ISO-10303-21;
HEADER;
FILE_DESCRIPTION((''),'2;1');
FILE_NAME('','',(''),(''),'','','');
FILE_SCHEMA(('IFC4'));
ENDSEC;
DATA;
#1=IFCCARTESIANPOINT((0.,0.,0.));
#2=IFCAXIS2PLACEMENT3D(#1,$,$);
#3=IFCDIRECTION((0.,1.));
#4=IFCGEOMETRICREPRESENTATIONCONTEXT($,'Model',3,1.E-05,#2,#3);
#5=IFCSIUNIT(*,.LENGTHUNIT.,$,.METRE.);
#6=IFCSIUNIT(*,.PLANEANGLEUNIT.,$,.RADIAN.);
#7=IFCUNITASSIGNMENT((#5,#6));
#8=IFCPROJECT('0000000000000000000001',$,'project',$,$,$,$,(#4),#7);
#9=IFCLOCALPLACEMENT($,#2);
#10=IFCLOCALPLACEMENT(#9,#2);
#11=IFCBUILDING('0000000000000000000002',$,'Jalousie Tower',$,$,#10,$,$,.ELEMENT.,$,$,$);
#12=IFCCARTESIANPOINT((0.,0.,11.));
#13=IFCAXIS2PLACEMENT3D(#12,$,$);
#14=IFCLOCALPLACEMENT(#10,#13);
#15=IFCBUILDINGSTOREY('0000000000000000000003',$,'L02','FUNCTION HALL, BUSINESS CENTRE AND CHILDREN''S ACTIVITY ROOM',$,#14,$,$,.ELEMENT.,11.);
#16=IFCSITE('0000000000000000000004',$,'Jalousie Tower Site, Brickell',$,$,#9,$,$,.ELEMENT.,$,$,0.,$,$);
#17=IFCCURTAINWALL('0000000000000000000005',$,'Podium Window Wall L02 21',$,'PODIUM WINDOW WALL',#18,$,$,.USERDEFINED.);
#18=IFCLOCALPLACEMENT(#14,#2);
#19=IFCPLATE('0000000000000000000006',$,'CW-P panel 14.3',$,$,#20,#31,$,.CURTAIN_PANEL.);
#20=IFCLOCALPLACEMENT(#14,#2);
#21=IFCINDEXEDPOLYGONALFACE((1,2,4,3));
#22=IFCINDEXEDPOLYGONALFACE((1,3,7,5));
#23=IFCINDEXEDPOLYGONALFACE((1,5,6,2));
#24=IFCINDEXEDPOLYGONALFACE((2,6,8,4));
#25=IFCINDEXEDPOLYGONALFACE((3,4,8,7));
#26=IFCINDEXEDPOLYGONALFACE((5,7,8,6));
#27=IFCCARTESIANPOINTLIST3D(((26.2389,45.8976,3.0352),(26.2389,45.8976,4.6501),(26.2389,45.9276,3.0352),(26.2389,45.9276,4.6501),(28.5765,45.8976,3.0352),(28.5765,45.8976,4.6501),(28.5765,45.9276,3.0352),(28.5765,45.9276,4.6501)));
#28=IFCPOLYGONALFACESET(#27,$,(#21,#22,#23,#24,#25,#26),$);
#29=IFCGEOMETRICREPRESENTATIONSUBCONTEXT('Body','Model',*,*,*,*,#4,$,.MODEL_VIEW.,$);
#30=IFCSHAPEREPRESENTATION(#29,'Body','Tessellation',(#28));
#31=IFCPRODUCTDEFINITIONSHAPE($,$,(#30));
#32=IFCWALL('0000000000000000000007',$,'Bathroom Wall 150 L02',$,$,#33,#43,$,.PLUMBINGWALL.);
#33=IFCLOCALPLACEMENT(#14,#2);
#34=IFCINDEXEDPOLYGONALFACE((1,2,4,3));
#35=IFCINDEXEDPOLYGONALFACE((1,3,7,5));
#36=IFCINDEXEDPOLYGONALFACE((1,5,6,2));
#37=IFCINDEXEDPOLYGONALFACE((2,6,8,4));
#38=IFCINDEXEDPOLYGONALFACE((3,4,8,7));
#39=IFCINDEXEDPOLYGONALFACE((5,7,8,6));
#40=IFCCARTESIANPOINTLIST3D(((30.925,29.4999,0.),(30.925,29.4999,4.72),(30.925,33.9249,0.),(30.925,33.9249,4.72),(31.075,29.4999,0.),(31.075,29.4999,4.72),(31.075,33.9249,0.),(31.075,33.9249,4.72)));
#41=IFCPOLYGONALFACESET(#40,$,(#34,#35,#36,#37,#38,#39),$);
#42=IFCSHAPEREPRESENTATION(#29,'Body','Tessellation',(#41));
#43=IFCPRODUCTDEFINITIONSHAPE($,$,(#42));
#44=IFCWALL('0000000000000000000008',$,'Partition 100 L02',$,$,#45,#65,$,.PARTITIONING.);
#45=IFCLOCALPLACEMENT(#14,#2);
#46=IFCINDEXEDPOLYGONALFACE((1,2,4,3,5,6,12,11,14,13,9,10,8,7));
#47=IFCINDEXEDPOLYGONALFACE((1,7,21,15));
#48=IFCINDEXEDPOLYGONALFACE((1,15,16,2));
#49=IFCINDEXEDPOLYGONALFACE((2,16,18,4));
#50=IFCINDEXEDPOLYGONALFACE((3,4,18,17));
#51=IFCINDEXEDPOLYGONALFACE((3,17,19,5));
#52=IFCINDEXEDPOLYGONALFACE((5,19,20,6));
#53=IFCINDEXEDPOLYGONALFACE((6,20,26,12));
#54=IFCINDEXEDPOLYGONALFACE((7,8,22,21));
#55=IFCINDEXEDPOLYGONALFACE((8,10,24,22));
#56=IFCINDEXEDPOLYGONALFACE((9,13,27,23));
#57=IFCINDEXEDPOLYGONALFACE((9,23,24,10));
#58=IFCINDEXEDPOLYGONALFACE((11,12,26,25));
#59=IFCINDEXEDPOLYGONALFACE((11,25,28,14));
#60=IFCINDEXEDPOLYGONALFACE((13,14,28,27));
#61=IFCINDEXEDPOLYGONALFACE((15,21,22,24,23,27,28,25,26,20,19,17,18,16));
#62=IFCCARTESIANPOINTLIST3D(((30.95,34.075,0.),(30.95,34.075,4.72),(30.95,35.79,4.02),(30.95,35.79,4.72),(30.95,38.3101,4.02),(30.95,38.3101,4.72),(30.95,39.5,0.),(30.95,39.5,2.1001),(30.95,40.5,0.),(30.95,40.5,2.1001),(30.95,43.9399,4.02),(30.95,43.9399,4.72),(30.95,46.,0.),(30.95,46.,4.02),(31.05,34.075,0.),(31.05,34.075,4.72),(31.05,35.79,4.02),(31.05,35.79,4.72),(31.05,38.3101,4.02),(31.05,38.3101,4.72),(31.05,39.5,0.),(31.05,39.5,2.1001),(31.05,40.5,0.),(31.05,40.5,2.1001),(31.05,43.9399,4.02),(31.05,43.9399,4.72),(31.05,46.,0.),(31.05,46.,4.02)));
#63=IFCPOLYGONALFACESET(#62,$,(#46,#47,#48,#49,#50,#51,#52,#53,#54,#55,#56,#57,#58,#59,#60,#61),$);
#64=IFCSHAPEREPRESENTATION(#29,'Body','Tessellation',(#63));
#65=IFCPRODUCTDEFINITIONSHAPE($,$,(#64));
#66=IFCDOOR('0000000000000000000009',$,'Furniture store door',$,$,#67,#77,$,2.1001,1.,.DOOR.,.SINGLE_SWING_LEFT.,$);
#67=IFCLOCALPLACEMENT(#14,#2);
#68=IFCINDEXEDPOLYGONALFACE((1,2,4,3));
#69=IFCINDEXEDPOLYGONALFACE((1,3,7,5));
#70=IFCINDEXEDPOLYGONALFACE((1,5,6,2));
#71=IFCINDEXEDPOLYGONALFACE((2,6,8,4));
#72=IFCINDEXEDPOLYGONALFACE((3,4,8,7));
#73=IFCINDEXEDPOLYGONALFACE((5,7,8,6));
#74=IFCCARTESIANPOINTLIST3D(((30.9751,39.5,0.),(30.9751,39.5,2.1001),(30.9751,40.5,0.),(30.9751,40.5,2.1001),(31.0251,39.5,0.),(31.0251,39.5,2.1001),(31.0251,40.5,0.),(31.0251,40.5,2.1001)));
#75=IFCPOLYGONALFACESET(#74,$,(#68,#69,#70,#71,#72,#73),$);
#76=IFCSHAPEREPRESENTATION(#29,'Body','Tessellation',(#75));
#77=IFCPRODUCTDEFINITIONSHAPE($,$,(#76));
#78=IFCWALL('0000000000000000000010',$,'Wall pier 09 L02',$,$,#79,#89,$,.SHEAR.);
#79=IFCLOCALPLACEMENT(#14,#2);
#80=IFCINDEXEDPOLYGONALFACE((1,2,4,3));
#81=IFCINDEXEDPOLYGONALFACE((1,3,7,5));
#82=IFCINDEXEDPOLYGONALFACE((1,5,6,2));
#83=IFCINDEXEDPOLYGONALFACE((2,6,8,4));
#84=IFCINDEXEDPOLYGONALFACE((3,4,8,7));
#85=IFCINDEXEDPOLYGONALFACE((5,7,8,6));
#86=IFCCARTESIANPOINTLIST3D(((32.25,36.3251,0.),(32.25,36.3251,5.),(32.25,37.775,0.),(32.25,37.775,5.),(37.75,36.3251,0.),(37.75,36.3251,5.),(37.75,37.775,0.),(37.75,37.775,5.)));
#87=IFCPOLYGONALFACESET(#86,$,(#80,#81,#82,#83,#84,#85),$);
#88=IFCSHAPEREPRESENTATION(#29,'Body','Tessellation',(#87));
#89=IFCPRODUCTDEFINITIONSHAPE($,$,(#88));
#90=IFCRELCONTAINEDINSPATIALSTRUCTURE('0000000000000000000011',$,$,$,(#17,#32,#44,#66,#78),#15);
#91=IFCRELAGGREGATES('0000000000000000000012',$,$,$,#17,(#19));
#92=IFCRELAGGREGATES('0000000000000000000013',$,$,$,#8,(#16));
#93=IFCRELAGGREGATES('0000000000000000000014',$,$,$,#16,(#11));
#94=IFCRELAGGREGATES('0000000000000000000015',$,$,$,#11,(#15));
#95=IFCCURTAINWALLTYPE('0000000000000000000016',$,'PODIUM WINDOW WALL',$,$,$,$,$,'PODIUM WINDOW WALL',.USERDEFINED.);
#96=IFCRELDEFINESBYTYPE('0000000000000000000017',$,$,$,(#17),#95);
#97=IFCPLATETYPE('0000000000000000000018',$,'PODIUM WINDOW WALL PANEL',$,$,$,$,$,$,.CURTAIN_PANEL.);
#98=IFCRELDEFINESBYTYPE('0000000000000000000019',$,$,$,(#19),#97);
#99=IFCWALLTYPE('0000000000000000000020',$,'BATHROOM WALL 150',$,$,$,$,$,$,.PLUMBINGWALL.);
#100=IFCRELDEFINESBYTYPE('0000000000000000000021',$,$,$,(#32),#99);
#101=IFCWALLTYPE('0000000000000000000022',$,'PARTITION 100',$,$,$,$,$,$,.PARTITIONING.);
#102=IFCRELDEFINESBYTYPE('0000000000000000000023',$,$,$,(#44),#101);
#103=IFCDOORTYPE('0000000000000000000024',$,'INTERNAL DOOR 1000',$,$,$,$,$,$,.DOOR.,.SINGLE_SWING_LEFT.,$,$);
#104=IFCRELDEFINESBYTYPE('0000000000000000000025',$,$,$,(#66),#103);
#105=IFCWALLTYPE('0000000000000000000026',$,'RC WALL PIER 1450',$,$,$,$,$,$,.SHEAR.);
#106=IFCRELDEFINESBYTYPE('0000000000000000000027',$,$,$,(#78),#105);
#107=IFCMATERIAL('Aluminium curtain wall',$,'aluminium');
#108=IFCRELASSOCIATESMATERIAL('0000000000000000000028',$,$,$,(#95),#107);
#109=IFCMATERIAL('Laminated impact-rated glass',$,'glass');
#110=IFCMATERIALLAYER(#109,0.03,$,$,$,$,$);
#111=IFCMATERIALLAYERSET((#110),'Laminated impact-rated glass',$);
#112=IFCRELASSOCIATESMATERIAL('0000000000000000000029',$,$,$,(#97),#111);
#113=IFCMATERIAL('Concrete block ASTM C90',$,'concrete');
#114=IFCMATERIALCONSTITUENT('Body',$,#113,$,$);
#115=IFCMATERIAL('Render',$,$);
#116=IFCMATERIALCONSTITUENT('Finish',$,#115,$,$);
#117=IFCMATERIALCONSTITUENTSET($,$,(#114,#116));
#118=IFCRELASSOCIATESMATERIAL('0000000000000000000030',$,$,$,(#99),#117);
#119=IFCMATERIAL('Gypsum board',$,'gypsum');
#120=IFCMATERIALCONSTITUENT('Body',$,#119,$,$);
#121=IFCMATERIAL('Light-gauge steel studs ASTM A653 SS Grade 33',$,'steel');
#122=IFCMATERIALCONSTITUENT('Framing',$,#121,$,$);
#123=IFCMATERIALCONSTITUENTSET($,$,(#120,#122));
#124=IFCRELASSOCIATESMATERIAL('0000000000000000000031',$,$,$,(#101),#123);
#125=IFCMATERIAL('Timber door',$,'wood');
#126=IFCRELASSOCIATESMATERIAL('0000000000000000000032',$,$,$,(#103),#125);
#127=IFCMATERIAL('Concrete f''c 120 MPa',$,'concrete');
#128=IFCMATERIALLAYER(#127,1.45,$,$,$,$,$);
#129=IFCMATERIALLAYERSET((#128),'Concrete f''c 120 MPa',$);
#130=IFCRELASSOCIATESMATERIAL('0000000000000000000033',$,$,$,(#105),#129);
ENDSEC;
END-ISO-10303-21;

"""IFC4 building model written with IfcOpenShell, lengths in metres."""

from ifc_helpers import new_model, si_unit, direction, frame, frame_2d, origin, origin_2d, place, context, subcontext, project, spatial, polyline, rectangle, outline, extrude, material, layer, layer_set, constituent, constituent_set, type_object, element, fill, aggregate, save


model = new_model("IFC4")

# Units and contexts
model_context = context("Model", 3, precision=1e-05, world=origin(), true_north=direction((0.0, 1.0)))
body_context = subcontext(model_context, "Body", "Model", "MODEL_VIEW")
ifc_project = project(units=[si_unit("LENGTHUNIT", "METRE"), si_unit("PLANEANGLEUNIT", "RADIAN")], contexts=[model_context])

# Site, building, storey
site_placement = place(None, origin())
site = spatial("IfcSite", under=ifc_project, at=site_placement, Name="Jalousie Tower Site, Brickell", CompositionType="ELEMENT", RefElevation=0.0)
building_placement = place(site_placement, origin())
building = spatial("IfcBuilding", under=site, at=building_placement, Name="Jalousie Tower", CompositionType="ELEMENT")
storey_placement = place(building_placement, frame((0.0, 0.0, 11.0)))
storey = spatial("IfcBuildingStorey", under=building, at=storey_placement, Name="L02", Description="FUNCTION HALL, BUSINESS CENTRE AND CHILDREN'S ACTIVITY ROOM", CompositionType="ELEMENT", Elevation=11.0)

# Curtain wall
ifc_material_1 = material(Name="Aluminium curtain wall", Category="aluminium")
curtain_wall_type = type_object("IfcCurtainWallType", Name="PODIUM WINDOW WALL", ElementType="PODIUM WINDOW WALL", PredefinedType="USERDEFINED", material=ifc_material_1)
curtain_wall_placement = place(storey_placement, origin())
curtain_wall = element("IfcCurtainWall", 1, at=curtain_wall_placement, inside=storey, type_object=curtain_wall_type, Name="Podium Window Wall L02 21", ObjectType="PODIUM WINDOW WALL", PredefinedType="USERDEFINED")

# Plate
ifc_material_2 = material(Name="Laminated impact-rated glass", Category="glass")
ifc_layer_1 = layer(ifc_material_2, 0.03)
ifc_layer_set_1 = layer_set([ifc_layer_1], Name="Laminated impact-rated glass")
plate_type = type_object("IfcPlateType", Name="PODIUM WINDOW WALL PANEL", PredefinedType="CURTAIN_PANEL", material=ifc_layer_set_1)
plate_1_placement = place(storey_placement, frame((27.4077, 45.9126, 3.0352), z_axis=(0.0, 0.0, 1.0), x_axis=(-1.0, 0.0, 0.0)))
plate_1 = element("IfcPlate", 2, at=plate_1_placement, type_object=plate_type, Name="CW-P panel 14.3", PredefinedType="CURTAIN_PANEL", context=body_context, shape_type="SweptSolid", body=[
    extrude(rectangle(XDim=2.3376, YDim=0.03, at=origin_2d()), origin(), (0.0, 0.0, 1.0), 1.615),
])
aggregate(curtain_wall, [plate_1])

# Wall
ifc_material_3 = material(Name="Concrete block ASTM C90", Category="concrete")
ifc_constituent_1 = constituent(ifc_material_3, Name="Body")
ifc_material_4 = material(Name="Render")
ifc_constituent_2 = constituent(ifc_material_4, Name="Finish")
ifc_constituent_set_1 = constituent_set(constituents=[ifc_constituent_1, ifc_constituent_2])
wall_type_1 = type_object("IfcWallType", Name="BATHROOM WALL 150", PredefinedType="PLUMBINGWALL", material=ifc_constituent_set_1)
wall_1_placement = place(storey_placement, frame((31.0, 29.5, 0.0), z_axis=(0.0, 0.0, 1.0), x_axis=(0.0, 1.0, 0.0)))
element("IfcWall", 3, at=wall_1_placement, inside=storey, type_object=wall_type_1, Name="Bathroom Wall 150 L02", PredefinedType="PLUMBINGWALL", context=body_context, shape_type="SweptSolid", body=[
    extrude(rectangle(XDim=4.425, YDim=0.1499, at=frame_2d((2.2124, 0.0))), origin(), (0.0, 0.0, 1.0), 4.72),
])

# Wall, opening, door
ifc_material_5 = material(Name="Gypsum board", Category="gypsum")
ifc_constituent_3 = constituent(ifc_material_5, Name="Body")
ifc_material_6 = material(Name="Light-gauge steel studs ASTM A653 SS Grade 33", Category="steel")
ifc_constituent_4 = constituent(ifc_material_6, Name="Framing")
ifc_constituent_set_2 = constituent_set(constituents=[ifc_constituent_3, ifc_constituent_4])
wall_type_2 = type_object("IfcWallType", Name="PARTITION 100", PredefinedType="PARTITIONING", material=ifc_constituent_set_2)
wall_2_placement = place(storey_placement, frame((31.0, 34.075, 0.0), z_axis=(0.0, 0.0, 1.0), x_axis=(0.0, 1.0, 0.0)))
wall_2 = element("IfcWall", 4, at=wall_2_placement, inside=storey, type_object=wall_type_2, Name="Partition 100 L02", PredefinedType="PARTITIONING", context=body_context, shape_type="SweptSolid", body=[
    extrude(outline(polyline([(0.0, 0.0), (11.925, 0.0), (11.925, 4.72), (11.925, 4.02), (9.865, 4.02), (9.865, 4.72), (4.2351, 4.72), (4.2351, 4.02), (1.7151, 4.02), (1.7151, 4.72), (0.0, 4.72), (0.0, 0.0)])), frame((0.0, 0.05, 0.0), z_axis=(0.0, -1.0, 0.0), x_axis=(1.0, 0.0, 0.0)), (0.0, 0.0, 1.0), 0.1001),
])
opening_placement = place(wall_2_placement, frame((5.425, 0.0, 0.0)))
opening = element("IfcOpeningElement", 5, at=opening_placement, cuts=wall_2, PredefinedType="OPENING", context=body_context, shape_type="SweptSolid", body=[
    extrude(rectangle(XDim=1.0, YDim=2.1001, at=frame_2d((0.5, 1.05))), frame((0.0, 0.0601, 0.0), z_axis=(0.0, -1.0, 0.0), x_axis=(1.0, 0.0, 0.0)), (0.0, 0.0, 1.0), 0.1201),
])
ifc_material_7 = material(Name="Timber door", Category="wood")
door_type = type_object("IfcDoorType", Name="INTERNAL DOOR 1000", OperationType="SINGLE_SWING_LEFT", PredefinedType="DOOR", material=ifc_material_7)
door_placement = place(opening_placement, origin())
door = element("IfcDoor", 6, at=door_placement, inside=storey, type_object=door_type, Name="Furniture store door", OperationType="SINGLE_SWING_LEFT", OverallHeight=2.1001, OverallWidth=1.0, PredefinedType="DOOR", context=body_context, shape_type="SweptSolid", body=[
    extrude(rectangle(XDim=1.0, YDim=2.1001, at=frame_2d((0.5, 1.05))), frame((0.0, 0.0249, 0.0), z_axis=(0.0, -1.0, 0.0), x_axis=(1.0, 0.0, 0.0)), (0.0, 0.0, 1.0), 0.05),
])
fill(opening, door)

# Wall
ifc_material_8 = material(Name="Concrete f'c 120 MPa", Category="concrete")
ifc_layer_2 = layer(ifc_material_8, 1.45)
ifc_layer_set_2 = layer_set([ifc_layer_2], Name="Concrete f'c 120 MPa")
wall_type_3 = type_object("IfcWallType", Name="RC WALL PIER 1450", PredefinedType="SHEAR", material=ifc_layer_set_2)
wall_3_placement = place(storey_placement, frame((32.25, 37.05, 0.0), z_axis=(0.0, 0.0, 1.0), x_axis=(1.0, 0.0, 0.0)))
element("IfcWall", 7, at=wall_3_placement, inside=storey, type_object=wall_type_3, Name="Wall pier 09 L02", PredefinedType="SHEAR", context=body_context, shape_type="SweptSolid", body=[
    extrude(rectangle(XDim=5.5, YDim=1.45, at=frame_2d((2.75, 0.0))), origin(), (0.0, 0.0, 1.0), 5.0),
])

save(model, "model.ifc")
